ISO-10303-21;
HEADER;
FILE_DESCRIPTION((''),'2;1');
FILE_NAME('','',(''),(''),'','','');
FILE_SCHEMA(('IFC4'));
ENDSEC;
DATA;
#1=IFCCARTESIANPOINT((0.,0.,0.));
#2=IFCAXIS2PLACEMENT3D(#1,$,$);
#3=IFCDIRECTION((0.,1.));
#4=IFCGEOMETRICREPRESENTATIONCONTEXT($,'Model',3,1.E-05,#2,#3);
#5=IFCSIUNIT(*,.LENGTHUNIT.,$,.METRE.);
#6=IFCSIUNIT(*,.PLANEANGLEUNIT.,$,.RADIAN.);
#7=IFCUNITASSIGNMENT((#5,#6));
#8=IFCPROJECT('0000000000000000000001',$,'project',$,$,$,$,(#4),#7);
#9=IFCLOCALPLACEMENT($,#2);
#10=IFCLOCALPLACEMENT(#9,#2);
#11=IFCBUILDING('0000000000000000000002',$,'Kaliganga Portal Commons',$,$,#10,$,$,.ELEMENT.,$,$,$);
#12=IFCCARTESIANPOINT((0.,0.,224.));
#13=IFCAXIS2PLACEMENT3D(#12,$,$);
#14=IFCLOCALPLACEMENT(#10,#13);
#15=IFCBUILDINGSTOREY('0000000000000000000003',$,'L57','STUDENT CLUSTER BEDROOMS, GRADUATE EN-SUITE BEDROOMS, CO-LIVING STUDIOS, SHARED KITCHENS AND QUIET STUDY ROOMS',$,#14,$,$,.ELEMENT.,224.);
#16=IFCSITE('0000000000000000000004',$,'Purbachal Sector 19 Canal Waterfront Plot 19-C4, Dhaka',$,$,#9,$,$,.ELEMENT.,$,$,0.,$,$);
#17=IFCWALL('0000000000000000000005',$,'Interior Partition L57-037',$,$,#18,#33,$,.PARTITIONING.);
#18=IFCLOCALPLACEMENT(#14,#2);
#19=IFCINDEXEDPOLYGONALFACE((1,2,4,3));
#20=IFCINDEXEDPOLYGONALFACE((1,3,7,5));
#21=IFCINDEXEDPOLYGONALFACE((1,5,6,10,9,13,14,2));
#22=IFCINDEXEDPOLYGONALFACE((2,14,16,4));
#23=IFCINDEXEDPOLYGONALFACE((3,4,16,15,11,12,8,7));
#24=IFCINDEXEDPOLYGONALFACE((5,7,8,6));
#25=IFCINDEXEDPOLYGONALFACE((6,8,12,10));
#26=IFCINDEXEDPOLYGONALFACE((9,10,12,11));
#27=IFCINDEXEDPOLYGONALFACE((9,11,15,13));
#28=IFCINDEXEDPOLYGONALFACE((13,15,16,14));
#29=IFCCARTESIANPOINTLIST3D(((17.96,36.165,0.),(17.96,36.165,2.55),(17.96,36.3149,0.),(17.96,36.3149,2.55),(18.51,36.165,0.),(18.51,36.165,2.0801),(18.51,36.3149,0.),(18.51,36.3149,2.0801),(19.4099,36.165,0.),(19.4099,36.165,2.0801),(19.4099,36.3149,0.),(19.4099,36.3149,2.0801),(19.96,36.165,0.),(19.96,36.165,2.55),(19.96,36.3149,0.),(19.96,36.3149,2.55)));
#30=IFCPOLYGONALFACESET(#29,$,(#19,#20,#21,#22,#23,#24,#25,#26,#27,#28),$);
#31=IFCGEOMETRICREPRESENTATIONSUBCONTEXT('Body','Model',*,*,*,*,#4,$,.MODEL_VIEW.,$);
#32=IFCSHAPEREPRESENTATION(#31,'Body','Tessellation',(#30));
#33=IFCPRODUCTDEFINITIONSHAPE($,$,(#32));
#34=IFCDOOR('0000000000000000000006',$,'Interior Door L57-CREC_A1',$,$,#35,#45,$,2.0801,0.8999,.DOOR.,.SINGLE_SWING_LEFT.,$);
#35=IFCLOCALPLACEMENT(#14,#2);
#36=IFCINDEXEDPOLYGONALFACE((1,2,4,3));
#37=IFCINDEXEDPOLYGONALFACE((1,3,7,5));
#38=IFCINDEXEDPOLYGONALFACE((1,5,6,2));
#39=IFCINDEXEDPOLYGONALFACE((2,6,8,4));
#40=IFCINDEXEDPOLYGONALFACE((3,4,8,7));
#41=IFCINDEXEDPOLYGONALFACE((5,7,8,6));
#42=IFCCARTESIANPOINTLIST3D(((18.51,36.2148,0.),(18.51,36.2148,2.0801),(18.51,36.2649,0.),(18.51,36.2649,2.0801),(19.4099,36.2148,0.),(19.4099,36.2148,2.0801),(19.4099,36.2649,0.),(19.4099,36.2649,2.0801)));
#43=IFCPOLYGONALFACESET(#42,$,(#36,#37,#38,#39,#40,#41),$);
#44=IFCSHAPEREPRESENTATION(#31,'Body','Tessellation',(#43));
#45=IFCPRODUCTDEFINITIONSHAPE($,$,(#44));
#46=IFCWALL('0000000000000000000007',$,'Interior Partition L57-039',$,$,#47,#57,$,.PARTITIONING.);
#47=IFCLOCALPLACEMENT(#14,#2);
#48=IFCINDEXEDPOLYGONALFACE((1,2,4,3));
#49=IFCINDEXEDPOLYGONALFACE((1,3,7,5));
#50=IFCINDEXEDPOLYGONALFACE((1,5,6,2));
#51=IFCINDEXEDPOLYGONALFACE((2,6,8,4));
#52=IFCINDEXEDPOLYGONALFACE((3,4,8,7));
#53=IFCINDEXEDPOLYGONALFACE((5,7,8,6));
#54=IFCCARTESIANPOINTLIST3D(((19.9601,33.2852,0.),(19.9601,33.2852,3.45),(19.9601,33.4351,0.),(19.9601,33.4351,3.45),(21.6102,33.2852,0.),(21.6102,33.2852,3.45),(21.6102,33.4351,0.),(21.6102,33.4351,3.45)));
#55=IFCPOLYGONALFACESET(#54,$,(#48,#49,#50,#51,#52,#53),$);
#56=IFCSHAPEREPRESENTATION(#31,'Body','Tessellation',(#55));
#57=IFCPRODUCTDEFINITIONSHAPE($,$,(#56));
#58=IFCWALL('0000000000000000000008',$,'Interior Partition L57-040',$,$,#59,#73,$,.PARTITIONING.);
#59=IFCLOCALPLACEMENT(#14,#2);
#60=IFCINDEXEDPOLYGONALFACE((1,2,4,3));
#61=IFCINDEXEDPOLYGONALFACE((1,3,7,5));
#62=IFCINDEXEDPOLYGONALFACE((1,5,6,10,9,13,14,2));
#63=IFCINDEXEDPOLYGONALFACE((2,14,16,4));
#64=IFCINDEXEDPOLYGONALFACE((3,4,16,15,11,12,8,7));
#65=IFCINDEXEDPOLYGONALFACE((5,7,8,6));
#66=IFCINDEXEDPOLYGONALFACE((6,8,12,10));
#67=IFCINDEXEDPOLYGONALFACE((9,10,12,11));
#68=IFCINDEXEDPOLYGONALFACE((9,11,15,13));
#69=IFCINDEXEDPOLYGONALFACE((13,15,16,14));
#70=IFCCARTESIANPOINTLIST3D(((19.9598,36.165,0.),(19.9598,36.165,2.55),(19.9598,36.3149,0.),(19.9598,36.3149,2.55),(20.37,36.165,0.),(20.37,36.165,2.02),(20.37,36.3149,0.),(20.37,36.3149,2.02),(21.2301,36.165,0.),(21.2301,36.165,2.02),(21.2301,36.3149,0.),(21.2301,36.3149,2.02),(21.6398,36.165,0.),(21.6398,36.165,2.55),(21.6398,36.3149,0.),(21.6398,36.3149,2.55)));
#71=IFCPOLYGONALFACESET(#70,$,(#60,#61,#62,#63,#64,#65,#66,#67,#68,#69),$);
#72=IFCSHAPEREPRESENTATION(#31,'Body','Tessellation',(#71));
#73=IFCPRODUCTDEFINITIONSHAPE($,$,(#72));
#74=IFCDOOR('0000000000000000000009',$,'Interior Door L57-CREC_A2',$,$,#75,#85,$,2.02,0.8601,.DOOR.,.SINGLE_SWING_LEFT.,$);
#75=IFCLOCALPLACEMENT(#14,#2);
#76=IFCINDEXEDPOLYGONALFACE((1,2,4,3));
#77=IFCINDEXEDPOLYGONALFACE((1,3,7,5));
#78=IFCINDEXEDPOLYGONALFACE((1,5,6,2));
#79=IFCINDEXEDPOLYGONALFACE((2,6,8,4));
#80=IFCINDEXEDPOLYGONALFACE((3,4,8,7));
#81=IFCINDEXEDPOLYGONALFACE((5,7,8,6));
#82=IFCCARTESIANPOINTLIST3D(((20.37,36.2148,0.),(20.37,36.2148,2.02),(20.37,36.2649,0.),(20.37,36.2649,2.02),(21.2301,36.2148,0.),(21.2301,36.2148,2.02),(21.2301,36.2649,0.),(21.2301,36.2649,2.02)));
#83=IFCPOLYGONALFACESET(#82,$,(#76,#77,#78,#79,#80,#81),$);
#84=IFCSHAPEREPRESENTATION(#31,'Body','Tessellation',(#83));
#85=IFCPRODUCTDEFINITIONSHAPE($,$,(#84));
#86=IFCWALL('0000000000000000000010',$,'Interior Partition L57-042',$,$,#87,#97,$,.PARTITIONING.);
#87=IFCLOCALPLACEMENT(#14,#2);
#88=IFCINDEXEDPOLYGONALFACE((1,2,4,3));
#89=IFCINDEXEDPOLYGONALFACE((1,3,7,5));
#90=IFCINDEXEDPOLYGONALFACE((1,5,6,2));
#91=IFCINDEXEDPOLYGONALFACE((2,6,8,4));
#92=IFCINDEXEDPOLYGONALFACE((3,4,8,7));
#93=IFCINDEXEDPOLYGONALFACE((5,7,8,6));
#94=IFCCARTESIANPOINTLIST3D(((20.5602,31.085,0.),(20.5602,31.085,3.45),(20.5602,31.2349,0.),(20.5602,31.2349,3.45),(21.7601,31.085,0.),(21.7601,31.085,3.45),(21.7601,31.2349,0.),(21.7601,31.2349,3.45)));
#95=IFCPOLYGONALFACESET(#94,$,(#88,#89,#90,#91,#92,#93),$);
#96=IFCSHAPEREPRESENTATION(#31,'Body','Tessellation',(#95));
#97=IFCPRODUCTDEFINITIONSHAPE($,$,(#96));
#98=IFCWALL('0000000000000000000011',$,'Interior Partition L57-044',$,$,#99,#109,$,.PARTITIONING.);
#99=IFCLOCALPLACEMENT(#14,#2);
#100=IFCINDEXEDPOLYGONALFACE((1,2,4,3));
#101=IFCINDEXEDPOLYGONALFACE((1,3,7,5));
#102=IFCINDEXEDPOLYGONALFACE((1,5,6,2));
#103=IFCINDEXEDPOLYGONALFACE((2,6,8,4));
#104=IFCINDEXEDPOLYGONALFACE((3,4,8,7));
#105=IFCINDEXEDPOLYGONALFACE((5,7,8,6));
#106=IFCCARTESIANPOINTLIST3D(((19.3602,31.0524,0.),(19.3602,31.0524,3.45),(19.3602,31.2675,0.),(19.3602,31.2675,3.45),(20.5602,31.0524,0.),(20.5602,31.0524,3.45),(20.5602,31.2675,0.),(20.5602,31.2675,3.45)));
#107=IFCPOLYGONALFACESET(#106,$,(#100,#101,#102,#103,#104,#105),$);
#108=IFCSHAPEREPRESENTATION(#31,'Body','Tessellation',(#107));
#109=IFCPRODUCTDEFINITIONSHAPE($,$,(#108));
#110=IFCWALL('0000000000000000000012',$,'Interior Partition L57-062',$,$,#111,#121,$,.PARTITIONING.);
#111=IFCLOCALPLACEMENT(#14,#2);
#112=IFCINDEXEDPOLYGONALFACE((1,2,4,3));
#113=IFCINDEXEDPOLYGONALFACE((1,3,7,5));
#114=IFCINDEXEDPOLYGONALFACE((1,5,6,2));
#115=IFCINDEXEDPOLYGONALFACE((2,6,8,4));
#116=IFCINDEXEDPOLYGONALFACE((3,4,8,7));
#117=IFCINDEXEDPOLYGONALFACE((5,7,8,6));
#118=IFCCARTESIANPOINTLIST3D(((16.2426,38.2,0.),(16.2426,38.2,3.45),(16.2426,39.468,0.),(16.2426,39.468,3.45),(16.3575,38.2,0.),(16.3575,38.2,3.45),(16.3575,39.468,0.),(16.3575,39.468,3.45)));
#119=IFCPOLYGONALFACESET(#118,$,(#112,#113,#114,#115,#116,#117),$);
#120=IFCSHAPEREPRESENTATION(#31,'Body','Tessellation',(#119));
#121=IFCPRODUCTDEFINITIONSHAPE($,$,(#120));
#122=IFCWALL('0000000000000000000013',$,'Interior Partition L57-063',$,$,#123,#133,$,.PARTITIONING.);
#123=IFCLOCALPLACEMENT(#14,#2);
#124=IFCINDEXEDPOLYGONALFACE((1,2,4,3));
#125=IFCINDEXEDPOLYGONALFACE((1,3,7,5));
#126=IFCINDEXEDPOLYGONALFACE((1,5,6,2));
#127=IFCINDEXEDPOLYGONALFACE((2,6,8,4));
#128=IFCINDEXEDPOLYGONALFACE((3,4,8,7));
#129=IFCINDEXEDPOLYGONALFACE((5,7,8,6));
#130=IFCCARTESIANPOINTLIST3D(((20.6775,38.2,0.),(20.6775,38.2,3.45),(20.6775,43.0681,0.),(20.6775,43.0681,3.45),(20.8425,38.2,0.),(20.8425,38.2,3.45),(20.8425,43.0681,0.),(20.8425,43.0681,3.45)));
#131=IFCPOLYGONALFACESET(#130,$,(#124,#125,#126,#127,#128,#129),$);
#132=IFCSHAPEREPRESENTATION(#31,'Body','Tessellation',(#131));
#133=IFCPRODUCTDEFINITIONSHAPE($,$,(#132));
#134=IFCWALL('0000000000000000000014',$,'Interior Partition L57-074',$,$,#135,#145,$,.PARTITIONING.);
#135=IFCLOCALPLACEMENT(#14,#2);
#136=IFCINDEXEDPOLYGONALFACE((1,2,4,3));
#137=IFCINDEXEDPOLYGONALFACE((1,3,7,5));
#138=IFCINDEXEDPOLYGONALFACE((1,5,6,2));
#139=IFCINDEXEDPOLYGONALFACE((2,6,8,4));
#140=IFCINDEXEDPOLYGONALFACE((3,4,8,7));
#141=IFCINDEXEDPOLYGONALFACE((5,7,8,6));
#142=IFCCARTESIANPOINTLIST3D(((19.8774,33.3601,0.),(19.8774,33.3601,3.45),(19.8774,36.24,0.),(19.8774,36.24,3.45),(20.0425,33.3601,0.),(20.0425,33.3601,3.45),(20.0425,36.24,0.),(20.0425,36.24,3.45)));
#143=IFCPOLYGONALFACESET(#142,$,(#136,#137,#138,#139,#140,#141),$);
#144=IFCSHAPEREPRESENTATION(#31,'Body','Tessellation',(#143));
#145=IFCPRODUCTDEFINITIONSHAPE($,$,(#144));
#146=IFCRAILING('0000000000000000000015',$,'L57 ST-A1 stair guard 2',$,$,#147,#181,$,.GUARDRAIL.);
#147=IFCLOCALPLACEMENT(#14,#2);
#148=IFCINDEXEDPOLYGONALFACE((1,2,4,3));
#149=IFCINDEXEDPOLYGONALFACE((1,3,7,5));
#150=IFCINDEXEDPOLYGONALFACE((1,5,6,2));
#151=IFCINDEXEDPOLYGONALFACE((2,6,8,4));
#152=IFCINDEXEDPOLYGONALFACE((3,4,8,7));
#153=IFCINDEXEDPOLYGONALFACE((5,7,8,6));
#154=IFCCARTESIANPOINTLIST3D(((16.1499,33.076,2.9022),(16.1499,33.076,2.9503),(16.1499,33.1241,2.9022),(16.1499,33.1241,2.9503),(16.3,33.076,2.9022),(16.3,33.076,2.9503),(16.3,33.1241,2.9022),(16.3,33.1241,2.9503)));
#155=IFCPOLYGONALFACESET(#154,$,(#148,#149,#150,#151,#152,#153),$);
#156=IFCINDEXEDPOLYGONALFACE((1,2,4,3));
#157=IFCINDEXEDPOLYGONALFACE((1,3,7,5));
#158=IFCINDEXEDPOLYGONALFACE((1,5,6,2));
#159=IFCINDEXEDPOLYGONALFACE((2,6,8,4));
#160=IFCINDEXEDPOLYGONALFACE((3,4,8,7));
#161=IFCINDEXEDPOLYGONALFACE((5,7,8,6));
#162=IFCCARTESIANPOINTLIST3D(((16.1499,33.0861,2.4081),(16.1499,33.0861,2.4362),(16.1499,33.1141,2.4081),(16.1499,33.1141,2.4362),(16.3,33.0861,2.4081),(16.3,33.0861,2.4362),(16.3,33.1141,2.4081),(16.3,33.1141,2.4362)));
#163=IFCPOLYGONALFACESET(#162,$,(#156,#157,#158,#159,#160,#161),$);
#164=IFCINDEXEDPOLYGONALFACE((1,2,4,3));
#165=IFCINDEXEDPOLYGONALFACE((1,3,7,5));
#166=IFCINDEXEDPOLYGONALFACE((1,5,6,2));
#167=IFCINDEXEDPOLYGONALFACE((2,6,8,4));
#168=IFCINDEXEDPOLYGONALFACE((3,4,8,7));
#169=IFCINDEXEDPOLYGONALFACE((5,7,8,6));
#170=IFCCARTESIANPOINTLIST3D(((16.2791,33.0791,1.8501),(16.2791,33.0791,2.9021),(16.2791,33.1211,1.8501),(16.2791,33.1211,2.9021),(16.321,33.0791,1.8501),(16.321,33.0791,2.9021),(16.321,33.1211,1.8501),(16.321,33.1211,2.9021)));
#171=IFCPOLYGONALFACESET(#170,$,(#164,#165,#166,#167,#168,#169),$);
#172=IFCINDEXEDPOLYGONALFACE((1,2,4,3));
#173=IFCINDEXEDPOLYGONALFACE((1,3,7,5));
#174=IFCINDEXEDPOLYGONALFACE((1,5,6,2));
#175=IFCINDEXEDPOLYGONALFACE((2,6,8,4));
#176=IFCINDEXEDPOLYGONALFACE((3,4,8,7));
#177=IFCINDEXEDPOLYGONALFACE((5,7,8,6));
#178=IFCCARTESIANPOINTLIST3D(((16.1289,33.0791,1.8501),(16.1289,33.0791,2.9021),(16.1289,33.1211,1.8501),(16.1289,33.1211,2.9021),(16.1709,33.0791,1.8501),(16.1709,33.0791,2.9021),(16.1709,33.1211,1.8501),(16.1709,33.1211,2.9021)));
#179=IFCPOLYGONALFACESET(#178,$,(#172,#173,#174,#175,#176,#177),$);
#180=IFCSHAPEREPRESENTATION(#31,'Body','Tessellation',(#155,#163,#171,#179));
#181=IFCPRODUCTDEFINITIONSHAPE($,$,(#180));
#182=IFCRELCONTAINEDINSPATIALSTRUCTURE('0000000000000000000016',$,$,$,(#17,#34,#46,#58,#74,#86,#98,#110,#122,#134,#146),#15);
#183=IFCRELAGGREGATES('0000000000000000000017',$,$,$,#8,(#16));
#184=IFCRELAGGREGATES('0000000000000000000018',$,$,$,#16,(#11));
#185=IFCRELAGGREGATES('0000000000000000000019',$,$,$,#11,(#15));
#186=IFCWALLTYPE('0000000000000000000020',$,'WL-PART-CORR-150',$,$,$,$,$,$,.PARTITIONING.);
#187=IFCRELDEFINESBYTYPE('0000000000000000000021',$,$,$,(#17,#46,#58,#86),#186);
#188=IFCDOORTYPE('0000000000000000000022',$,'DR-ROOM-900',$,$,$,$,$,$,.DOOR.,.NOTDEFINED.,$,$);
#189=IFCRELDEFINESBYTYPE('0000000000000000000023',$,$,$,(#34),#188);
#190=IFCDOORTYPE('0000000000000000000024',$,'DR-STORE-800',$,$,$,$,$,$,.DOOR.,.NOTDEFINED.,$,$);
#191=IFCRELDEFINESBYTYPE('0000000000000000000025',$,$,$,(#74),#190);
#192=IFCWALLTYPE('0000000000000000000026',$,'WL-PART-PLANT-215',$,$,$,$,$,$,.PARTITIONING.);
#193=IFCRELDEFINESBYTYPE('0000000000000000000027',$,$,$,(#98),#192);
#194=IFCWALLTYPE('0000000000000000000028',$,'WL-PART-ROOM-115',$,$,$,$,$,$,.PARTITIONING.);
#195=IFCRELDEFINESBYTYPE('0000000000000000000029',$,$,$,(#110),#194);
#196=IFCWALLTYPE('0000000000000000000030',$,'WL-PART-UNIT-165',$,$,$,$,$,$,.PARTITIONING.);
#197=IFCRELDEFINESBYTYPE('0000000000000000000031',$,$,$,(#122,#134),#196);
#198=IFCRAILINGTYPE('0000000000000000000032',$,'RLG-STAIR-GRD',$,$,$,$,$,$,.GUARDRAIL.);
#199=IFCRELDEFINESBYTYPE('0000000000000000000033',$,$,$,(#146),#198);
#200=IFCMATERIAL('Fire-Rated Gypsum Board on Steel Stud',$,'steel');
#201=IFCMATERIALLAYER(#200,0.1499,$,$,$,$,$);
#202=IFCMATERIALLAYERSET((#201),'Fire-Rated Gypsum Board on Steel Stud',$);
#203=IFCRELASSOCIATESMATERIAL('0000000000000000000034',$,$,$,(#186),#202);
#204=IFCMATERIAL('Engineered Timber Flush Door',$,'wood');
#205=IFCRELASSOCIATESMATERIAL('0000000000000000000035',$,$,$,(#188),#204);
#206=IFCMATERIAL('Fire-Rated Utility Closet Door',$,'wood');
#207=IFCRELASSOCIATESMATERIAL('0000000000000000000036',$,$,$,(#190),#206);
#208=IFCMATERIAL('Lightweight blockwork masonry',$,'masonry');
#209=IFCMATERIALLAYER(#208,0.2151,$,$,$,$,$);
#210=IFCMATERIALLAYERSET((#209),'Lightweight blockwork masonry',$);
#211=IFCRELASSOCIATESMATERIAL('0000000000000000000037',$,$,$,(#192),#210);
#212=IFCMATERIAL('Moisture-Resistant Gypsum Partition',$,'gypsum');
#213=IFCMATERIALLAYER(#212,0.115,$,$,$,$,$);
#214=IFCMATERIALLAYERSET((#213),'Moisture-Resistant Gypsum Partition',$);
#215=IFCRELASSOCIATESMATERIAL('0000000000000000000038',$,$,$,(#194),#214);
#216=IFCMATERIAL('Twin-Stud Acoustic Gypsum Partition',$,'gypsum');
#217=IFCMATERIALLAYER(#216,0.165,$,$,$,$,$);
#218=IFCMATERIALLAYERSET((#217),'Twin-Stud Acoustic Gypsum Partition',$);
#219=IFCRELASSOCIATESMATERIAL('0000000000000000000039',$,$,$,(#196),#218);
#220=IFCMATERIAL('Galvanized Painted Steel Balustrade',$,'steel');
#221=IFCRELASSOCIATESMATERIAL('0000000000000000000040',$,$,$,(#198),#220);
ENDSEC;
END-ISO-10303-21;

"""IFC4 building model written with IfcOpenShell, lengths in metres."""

from ifc_helpers import new_model, si_unit, direction, frame, frame_2d, origin, origin_2d, place, context, subcontext, project, spatial, rectangle, extrude, material, layer, layer_set, type_object, element, fill, save


model = new_model("IFC4")

# Units and contexts
model_context = context("Model", 3, precision=1e-05, world=origin(), true_north=direction((0.0, 1.0)))
body_context = subcontext(model_context, "Body", "Model", "MODEL_VIEW")
ifc_project = project(units=[si_unit("LENGTHUNIT", "METRE"), si_unit("PLANEANGLEUNIT", "RADIAN")], contexts=[model_context])

# Site, building, storey
site_placement = place(None, origin())
site = spatial("IfcSite", under=ifc_project, at=site_placement, Name="Purbachal Sector 19 Canal Waterfront Plot 19-C4, Dhaka", CompositionType="ELEMENT", RefElevation=0.0)
building_placement = place(site_placement, origin())
building = spatial("IfcBuilding", under=site, at=building_placement, Name="Kaliganga Portal Commons", CompositionType="ELEMENT")
storey_placement = place(building_placement, frame((0.0, 0.0, 224.0)))
storey = spatial("IfcBuildingStorey", under=building, at=storey_placement, Name="L57", Description="STUDENT CLUSTER BEDROOMS, GRADUATE EN-SUITE BEDROOMS, CO-LIVING STUDIOS, SHARED KITCHENS AND QUIET STUDY ROOMS", CompositionType="ELEMENT", Elevation=224.0)

# Shared definitions
ifc_material_1 = material(Name="Fire-Rated Gypsum Board on Steel Stud", Category="steel")
ifc_layer_1 = layer(ifc_material_1, 0.1499)
ifc_layer_set_1 = layer_set([ifc_layer_1], Name="Fire-Rated Gypsum Board on Steel Stud")
wall_type_1 = type_object("IfcWallType", Name="WL-PART-CORR-150", PredefinedType="PARTITIONING", material=ifc_layer_set_1)

# Wall, opening, door
wall_1_placement = place(storey_placement, frame((17.96, 36.24, 0.0), z_axis=(0.0, 0.0, 1.0), x_axis=(1.0, 0.0, 0.0)))
wall_1 = element("IfcWall", 1, at=wall_1_placement, inside=storey, type_object=wall_type_1, Name="Interior Partition L57-037", PredefinedType="PARTITIONING", context=body_context, shape_type="SweptSolid", body=[
    extrude(rectangle(XDim=2.0, YDim=0.1499, at=frame_2d((1.0, 0.0))), origin(), (0.0, 0.0, 1.0), 2.55),
])
opening_1_placement = place(wall_1_placement, frame((0.55, 0.0, 0.0)))
opening_1 = element("IfcOpeningElement", 2, at=opening_1_placement, cuts=wall_1, PredefinedType="OPENING", context=body_context, shape_type="SweptSolid", body=[
    extrude(rectangle(XDim=0.8999, YDim=2.0801, at=frame_2d((0.45, 1.04))), frame((0.0, 0.085, 0.0), z_axis=(0.0, -1.0, 0.0), x_axis=(1.0, 0.0, 0.0)), (0.0, 0.0, 1.0), 0.1699),
])
ifc_material_2 = material(Name="Engineered Timber Flush Door", Category="wood")
door_type_1 = type_object("IfcDoorType", Name="DR-ROOM-900", OperationType="NOTDEFINED", PredefinedType="DOOR", material=ifc_material_2)
door_1_placement = place(opening_1_placement, origin())
door_1 = element("IfcDoor", 3, at=door_1_placement, inside=storey, type_object=door_type_1, Name="Interior Door L57-CREC_A1", OperationType="SINGLE_SWING_LEFT", OverallHeight=2.0801, OverallWidth=0.8999, PredefinedType="DOOR", context=body_context, shape_type="SweptSolid", body=[
    extrude(rectangle(XDim=0.8999, YDim=2.0801, at=frame_2d((0.45, 1.04))), frame((0.0, 0.0249, 0.0), z_axis=(0.0, -1.0, 0.0), x_axis=(1.0, 0.0, 0.0)), (0.0, 0.0, 1.0), 0.05),
])
fill(opening_1, door_1)

# Wall
wall_2_placement = place(storey_placement, frame((19.96, 33.3601, 0.0), z_axis=(0.0, 0.0, 1.0), x_axis=(1.0, 0.0, 0.0)))
element("IfcWall", 4, at=wall_2_placement, inside=storey, type_object=wall_type_1, Name="Interior Partition L57-039", PredefinedType="PARTITIONING", context=body_context, shape_type="SweptSolid", body=[
    extrude(rectangle(XDim=1.6501, YDim=0.1499, at=frame_2d((0.8252, 0.0))), origin(), (0.0, 0.0, 1.0), 3.45),
])

# Wall, opening, door
wall_3_placement = place(storey_placement, frame((19.96, 36.24, 0.0), z_axis=(0.0, 0.0, 1.0), x_axis=(1.0, 0.0, 0.0)))
wall_3 = element("IfcWall", 5, at=wall_3_placement, inside=storey, type_object=wall_type_1, Name="Interior Partition L57-040", PredefinedType="PARTITIONING", context=body_context, shape_type="SweptSolid", body=[
    extrude(rectangle(XDim=1.6799, YDim=0.1499, at=frame_2d((0.8398, 0.0))), origin(), (0.0, 0.0, 1.0), 2.55),
])
opening_2_placement = place(wall_3_placement, frame((0.4099, 0.0, 0.0)))
opening_2 = element("IfcOpeningElement", 6, at=opening_2_placement, cuts=wall_3, PredefinedType="OPENING", context=body_context, shape_type="SweptSolid", body=[
    extrude(rectangle(XDim=0.8601, YDim=2.02, at=frame_2d((0.4302, 1.01))), frame((0.0, 0.085, 0.0), z_axis=(0.0, -1.0, 0.0), x_axis=(1.0, 0.0, 0.0)), (0.0, 0.0, 1.0), 0.1699),
])
ifc_material_3 = material(Name="Fire-Rated Utility Closet Door", Category="wood")
door_type_2 = type_object("IfcDoorType", Name="DR-STORE-800", OperationType="NOTDEFINED", PredefinedType="DOOR", material=ifc_material_3)
door_2_placement = place(opening_2_placement, origin())
door_2 = element("IfcDoor", 7, at=door_2_placement, inside=storey, type_object=door_type_2, Name="Interior Door L57-CREC_A2", OperationType="SINGLE_SWING_LEFT", OverallHeight=2.02, OverallWidth=0.8601, PredefinedType="DOOR", context=body_context, shape_type="SweptSolid", body=[
    extrude(rectangle(XDim=0.8601, YDim=2.02, at=frame_2d((0.4302, 1.01))), frame((0.0, 0.0249, 0.0), z_axis=(0.0, -1.0, 0.0), x_axis=(1.0, 0.0, 0.0)), (0.0, 0.0, 1.0), 0.05),
])
fill(opening_2, door_2)

# Walls
wall_4_placement = place(storey_placement, frame((20.5601, 31.1599, 0.0), z_axis=(0.0, 0.0, 1.0), x_axis=(1.0, 0.0, 0.0)))
element("IfcWall", 8, at=wall_4_placement, inside=storey, type_object=wall_type_1, Name="Interior Partition L57-042", PredefinedType="PARTITIONING", context=body_context, shape_type="SweptSolid", body=[
    extrude(rectangle(XDim=1.2, YDim=0.1499, at=frame_2d((0.6001, 0.0))), origin(), (0.0, 0.0, 1.0), 3.45),
])
ifc_material_4 = material(Name="Lightweight blockwork masonry", Category="masonry")
ifc_layer_2 = layer(ifc_material_4, 0.2151)
ifc_layer_set_2 = layer_set([ifc_layer_2], Name="Lightweight blockwork masonry")
wall_type_2 = type_object("IfcWallType", Name="WL-PART-PLANT-215", PredefinedType="PARTITIONING", material=ifc_layer_set_2)
wall_5_placement = place(storey_placement, frame((19.3601, 31.1599, 0.0), z_axis=(0.0, 0.0, 1.0), x_axis=(1.0, 0.0, 0.0)))
element("IfcWall", 9, at=wall_5_placement, inside=storey, type_object=wall_type_2, Name="Interior Partition L57-044", PredefinedType="PARTITIONING", context=body_context, shape_type="SweptSolid", body=[
    extrude(rectangle(XDim=1.2, YDim=0.2151, at=frame_2d((0.6001, 0.0))), origin(), (0.0, 0.0, 1.0), 3.45),
])
ifc_material_5 = material(Name="Moisture-Resistant Gypsum Partition", Category="gypsum")
ifc_layer_3 = layer(ifc_material_5, 0.115)
ifc_layer_set_3 = layer_set([ifc_layer_3], Name="Moisture-Resistant Gypsum Partition")
wall_type_3 = type_object("IfcWallType", Name="WL-PART-ROOM-115", PredefinedType="PARTITIONING", material=ifc_layer_set_3)
wall_6_placement = place(storey_placement, frame((16.3, 38.2, 0.0), z_axis=(0.0, 0.0, 1.0), x_axis=(0.0, 1.0, 0.0)))
element("IfcWall", 10, at=wall_6_placement, inside=storey, type_object=wall_type_3, Name="Interior Partition L57-062", PredefinedType="PARTITIONING", context=body_context, shape_type="SweptSolid", body=[
    extrude(rectangle(XDim=1.2681, YDim=0.115, at=frame_2d((0.634, 0.0))), origin(), (0.0, 0.0, 1.0), 3.45),
])
ifc_material_6 = material(Name="Twin-Stud Acoustic Gypsum Partition", Category="gypsum")
ifc_layer_4 = layer(ifc_material_6, 0.165)
ifc_layer_set_4 = layer_set([ifc_layer_4], Name="Twin-Stud Acoustic Gypsum Partition")
wall_type_4 = type_object("IfcWallType", Name="WL-PART-UNIT-165", PredefinedType="PARTITIONING", material=ifc_layer_set_4)
wall_7_placement = place(storey_placement, frame((20.76, 38.2, 0.0), z_axis=(0.0, 0.0, 1.0), x_axis=(0.0, 1.0, 0.0)))
element("IfcWall", 11, at=wall_7_placement, inside=storey, type_object=wall_type_4, Name="Interior Partition L57-063", PredefinedType="PARTITIONING", context=body_context, shape_type="SweptSolid", body=[
    extrude(rectangle(XDim=4.8682, YDim=0.165, at=frame_2d((2.4341, 0.0))), origin(), (0.0, 0.0, 1.0), 3.45),
])
wall_8_placement = place(storey_placement, frame((19.96, 33.3601, 0.0), z_axis=(0.0, 0.0, 1.0), x_axis=(0.0, 1.0, 0.0)))
element("IfcWall", 12, at=wall_8_placement, inside=storey, type_object=wall_type_4, Name="Interior Partition L57-074", PredefinedType="PARTITIONING", context=body_context, shape_type="SweptSolid", body=[
    extrude(rectangle(XDim=2.8799, YDim=0.165, at=frame_2d((1.4399, 0.0))), origin(), (0.0, 0.0, 1.0), 3.45),
])

# Railing
ifc_material_7 = material(Name="Galvanized Painted Steel Balustrade", Category="steel")
railing_type = type_object("IfcRailingType", Name="RLG-STAIR-GRD", PredefinedType="GUARDRAIL", material=ifc_material_7)
railing_placement = place(storey_placement, frame((16.3, 33.1001, 1.8501)))
element("IfcRailing", 13, at=railing_placement, inside=storey, type_object=railing_type, Name="L57 ST-A1 stair guard 2", PredefinedType="GUARDRAIL", context=body_context, shape_type="SweptSolid", body=[
    extrude(rectangle(XDim=0.0481, YDim=0.0481, at=origin_2d()), frame((0.0, 0.0, 1.0762), z_axis=(-1.0, 0.0, 0.0), x_axis=(0.0, -1.0, 0.0)), (0.0, 0.0, 1.0), 0.1501),
    extrude(rectangle(XDim=0.0281, YDim=0.0281, at=origin_2d()), frame((0.0, 0.0, 0.572), z_axis=(-1.0, 0.0, 0.0), x_axis=(0.0, -1.0, 0.0)), (0.0, 0.0, 1.0), 0.1501),
    extrude(rectangle(XDim=0.042, YDim=0.042, at=origin_2d()), origin(), (0.0, 0.0, 1.0), 1.052),
    extrude(rectangle(XDim=0.042, YDim=0.042, at=origin_2d()), frame((-0.1501, 0.0, 0.0)), (0.0, 0.0, 1.0), 1.052),
])

save(model, "model.ifc")
